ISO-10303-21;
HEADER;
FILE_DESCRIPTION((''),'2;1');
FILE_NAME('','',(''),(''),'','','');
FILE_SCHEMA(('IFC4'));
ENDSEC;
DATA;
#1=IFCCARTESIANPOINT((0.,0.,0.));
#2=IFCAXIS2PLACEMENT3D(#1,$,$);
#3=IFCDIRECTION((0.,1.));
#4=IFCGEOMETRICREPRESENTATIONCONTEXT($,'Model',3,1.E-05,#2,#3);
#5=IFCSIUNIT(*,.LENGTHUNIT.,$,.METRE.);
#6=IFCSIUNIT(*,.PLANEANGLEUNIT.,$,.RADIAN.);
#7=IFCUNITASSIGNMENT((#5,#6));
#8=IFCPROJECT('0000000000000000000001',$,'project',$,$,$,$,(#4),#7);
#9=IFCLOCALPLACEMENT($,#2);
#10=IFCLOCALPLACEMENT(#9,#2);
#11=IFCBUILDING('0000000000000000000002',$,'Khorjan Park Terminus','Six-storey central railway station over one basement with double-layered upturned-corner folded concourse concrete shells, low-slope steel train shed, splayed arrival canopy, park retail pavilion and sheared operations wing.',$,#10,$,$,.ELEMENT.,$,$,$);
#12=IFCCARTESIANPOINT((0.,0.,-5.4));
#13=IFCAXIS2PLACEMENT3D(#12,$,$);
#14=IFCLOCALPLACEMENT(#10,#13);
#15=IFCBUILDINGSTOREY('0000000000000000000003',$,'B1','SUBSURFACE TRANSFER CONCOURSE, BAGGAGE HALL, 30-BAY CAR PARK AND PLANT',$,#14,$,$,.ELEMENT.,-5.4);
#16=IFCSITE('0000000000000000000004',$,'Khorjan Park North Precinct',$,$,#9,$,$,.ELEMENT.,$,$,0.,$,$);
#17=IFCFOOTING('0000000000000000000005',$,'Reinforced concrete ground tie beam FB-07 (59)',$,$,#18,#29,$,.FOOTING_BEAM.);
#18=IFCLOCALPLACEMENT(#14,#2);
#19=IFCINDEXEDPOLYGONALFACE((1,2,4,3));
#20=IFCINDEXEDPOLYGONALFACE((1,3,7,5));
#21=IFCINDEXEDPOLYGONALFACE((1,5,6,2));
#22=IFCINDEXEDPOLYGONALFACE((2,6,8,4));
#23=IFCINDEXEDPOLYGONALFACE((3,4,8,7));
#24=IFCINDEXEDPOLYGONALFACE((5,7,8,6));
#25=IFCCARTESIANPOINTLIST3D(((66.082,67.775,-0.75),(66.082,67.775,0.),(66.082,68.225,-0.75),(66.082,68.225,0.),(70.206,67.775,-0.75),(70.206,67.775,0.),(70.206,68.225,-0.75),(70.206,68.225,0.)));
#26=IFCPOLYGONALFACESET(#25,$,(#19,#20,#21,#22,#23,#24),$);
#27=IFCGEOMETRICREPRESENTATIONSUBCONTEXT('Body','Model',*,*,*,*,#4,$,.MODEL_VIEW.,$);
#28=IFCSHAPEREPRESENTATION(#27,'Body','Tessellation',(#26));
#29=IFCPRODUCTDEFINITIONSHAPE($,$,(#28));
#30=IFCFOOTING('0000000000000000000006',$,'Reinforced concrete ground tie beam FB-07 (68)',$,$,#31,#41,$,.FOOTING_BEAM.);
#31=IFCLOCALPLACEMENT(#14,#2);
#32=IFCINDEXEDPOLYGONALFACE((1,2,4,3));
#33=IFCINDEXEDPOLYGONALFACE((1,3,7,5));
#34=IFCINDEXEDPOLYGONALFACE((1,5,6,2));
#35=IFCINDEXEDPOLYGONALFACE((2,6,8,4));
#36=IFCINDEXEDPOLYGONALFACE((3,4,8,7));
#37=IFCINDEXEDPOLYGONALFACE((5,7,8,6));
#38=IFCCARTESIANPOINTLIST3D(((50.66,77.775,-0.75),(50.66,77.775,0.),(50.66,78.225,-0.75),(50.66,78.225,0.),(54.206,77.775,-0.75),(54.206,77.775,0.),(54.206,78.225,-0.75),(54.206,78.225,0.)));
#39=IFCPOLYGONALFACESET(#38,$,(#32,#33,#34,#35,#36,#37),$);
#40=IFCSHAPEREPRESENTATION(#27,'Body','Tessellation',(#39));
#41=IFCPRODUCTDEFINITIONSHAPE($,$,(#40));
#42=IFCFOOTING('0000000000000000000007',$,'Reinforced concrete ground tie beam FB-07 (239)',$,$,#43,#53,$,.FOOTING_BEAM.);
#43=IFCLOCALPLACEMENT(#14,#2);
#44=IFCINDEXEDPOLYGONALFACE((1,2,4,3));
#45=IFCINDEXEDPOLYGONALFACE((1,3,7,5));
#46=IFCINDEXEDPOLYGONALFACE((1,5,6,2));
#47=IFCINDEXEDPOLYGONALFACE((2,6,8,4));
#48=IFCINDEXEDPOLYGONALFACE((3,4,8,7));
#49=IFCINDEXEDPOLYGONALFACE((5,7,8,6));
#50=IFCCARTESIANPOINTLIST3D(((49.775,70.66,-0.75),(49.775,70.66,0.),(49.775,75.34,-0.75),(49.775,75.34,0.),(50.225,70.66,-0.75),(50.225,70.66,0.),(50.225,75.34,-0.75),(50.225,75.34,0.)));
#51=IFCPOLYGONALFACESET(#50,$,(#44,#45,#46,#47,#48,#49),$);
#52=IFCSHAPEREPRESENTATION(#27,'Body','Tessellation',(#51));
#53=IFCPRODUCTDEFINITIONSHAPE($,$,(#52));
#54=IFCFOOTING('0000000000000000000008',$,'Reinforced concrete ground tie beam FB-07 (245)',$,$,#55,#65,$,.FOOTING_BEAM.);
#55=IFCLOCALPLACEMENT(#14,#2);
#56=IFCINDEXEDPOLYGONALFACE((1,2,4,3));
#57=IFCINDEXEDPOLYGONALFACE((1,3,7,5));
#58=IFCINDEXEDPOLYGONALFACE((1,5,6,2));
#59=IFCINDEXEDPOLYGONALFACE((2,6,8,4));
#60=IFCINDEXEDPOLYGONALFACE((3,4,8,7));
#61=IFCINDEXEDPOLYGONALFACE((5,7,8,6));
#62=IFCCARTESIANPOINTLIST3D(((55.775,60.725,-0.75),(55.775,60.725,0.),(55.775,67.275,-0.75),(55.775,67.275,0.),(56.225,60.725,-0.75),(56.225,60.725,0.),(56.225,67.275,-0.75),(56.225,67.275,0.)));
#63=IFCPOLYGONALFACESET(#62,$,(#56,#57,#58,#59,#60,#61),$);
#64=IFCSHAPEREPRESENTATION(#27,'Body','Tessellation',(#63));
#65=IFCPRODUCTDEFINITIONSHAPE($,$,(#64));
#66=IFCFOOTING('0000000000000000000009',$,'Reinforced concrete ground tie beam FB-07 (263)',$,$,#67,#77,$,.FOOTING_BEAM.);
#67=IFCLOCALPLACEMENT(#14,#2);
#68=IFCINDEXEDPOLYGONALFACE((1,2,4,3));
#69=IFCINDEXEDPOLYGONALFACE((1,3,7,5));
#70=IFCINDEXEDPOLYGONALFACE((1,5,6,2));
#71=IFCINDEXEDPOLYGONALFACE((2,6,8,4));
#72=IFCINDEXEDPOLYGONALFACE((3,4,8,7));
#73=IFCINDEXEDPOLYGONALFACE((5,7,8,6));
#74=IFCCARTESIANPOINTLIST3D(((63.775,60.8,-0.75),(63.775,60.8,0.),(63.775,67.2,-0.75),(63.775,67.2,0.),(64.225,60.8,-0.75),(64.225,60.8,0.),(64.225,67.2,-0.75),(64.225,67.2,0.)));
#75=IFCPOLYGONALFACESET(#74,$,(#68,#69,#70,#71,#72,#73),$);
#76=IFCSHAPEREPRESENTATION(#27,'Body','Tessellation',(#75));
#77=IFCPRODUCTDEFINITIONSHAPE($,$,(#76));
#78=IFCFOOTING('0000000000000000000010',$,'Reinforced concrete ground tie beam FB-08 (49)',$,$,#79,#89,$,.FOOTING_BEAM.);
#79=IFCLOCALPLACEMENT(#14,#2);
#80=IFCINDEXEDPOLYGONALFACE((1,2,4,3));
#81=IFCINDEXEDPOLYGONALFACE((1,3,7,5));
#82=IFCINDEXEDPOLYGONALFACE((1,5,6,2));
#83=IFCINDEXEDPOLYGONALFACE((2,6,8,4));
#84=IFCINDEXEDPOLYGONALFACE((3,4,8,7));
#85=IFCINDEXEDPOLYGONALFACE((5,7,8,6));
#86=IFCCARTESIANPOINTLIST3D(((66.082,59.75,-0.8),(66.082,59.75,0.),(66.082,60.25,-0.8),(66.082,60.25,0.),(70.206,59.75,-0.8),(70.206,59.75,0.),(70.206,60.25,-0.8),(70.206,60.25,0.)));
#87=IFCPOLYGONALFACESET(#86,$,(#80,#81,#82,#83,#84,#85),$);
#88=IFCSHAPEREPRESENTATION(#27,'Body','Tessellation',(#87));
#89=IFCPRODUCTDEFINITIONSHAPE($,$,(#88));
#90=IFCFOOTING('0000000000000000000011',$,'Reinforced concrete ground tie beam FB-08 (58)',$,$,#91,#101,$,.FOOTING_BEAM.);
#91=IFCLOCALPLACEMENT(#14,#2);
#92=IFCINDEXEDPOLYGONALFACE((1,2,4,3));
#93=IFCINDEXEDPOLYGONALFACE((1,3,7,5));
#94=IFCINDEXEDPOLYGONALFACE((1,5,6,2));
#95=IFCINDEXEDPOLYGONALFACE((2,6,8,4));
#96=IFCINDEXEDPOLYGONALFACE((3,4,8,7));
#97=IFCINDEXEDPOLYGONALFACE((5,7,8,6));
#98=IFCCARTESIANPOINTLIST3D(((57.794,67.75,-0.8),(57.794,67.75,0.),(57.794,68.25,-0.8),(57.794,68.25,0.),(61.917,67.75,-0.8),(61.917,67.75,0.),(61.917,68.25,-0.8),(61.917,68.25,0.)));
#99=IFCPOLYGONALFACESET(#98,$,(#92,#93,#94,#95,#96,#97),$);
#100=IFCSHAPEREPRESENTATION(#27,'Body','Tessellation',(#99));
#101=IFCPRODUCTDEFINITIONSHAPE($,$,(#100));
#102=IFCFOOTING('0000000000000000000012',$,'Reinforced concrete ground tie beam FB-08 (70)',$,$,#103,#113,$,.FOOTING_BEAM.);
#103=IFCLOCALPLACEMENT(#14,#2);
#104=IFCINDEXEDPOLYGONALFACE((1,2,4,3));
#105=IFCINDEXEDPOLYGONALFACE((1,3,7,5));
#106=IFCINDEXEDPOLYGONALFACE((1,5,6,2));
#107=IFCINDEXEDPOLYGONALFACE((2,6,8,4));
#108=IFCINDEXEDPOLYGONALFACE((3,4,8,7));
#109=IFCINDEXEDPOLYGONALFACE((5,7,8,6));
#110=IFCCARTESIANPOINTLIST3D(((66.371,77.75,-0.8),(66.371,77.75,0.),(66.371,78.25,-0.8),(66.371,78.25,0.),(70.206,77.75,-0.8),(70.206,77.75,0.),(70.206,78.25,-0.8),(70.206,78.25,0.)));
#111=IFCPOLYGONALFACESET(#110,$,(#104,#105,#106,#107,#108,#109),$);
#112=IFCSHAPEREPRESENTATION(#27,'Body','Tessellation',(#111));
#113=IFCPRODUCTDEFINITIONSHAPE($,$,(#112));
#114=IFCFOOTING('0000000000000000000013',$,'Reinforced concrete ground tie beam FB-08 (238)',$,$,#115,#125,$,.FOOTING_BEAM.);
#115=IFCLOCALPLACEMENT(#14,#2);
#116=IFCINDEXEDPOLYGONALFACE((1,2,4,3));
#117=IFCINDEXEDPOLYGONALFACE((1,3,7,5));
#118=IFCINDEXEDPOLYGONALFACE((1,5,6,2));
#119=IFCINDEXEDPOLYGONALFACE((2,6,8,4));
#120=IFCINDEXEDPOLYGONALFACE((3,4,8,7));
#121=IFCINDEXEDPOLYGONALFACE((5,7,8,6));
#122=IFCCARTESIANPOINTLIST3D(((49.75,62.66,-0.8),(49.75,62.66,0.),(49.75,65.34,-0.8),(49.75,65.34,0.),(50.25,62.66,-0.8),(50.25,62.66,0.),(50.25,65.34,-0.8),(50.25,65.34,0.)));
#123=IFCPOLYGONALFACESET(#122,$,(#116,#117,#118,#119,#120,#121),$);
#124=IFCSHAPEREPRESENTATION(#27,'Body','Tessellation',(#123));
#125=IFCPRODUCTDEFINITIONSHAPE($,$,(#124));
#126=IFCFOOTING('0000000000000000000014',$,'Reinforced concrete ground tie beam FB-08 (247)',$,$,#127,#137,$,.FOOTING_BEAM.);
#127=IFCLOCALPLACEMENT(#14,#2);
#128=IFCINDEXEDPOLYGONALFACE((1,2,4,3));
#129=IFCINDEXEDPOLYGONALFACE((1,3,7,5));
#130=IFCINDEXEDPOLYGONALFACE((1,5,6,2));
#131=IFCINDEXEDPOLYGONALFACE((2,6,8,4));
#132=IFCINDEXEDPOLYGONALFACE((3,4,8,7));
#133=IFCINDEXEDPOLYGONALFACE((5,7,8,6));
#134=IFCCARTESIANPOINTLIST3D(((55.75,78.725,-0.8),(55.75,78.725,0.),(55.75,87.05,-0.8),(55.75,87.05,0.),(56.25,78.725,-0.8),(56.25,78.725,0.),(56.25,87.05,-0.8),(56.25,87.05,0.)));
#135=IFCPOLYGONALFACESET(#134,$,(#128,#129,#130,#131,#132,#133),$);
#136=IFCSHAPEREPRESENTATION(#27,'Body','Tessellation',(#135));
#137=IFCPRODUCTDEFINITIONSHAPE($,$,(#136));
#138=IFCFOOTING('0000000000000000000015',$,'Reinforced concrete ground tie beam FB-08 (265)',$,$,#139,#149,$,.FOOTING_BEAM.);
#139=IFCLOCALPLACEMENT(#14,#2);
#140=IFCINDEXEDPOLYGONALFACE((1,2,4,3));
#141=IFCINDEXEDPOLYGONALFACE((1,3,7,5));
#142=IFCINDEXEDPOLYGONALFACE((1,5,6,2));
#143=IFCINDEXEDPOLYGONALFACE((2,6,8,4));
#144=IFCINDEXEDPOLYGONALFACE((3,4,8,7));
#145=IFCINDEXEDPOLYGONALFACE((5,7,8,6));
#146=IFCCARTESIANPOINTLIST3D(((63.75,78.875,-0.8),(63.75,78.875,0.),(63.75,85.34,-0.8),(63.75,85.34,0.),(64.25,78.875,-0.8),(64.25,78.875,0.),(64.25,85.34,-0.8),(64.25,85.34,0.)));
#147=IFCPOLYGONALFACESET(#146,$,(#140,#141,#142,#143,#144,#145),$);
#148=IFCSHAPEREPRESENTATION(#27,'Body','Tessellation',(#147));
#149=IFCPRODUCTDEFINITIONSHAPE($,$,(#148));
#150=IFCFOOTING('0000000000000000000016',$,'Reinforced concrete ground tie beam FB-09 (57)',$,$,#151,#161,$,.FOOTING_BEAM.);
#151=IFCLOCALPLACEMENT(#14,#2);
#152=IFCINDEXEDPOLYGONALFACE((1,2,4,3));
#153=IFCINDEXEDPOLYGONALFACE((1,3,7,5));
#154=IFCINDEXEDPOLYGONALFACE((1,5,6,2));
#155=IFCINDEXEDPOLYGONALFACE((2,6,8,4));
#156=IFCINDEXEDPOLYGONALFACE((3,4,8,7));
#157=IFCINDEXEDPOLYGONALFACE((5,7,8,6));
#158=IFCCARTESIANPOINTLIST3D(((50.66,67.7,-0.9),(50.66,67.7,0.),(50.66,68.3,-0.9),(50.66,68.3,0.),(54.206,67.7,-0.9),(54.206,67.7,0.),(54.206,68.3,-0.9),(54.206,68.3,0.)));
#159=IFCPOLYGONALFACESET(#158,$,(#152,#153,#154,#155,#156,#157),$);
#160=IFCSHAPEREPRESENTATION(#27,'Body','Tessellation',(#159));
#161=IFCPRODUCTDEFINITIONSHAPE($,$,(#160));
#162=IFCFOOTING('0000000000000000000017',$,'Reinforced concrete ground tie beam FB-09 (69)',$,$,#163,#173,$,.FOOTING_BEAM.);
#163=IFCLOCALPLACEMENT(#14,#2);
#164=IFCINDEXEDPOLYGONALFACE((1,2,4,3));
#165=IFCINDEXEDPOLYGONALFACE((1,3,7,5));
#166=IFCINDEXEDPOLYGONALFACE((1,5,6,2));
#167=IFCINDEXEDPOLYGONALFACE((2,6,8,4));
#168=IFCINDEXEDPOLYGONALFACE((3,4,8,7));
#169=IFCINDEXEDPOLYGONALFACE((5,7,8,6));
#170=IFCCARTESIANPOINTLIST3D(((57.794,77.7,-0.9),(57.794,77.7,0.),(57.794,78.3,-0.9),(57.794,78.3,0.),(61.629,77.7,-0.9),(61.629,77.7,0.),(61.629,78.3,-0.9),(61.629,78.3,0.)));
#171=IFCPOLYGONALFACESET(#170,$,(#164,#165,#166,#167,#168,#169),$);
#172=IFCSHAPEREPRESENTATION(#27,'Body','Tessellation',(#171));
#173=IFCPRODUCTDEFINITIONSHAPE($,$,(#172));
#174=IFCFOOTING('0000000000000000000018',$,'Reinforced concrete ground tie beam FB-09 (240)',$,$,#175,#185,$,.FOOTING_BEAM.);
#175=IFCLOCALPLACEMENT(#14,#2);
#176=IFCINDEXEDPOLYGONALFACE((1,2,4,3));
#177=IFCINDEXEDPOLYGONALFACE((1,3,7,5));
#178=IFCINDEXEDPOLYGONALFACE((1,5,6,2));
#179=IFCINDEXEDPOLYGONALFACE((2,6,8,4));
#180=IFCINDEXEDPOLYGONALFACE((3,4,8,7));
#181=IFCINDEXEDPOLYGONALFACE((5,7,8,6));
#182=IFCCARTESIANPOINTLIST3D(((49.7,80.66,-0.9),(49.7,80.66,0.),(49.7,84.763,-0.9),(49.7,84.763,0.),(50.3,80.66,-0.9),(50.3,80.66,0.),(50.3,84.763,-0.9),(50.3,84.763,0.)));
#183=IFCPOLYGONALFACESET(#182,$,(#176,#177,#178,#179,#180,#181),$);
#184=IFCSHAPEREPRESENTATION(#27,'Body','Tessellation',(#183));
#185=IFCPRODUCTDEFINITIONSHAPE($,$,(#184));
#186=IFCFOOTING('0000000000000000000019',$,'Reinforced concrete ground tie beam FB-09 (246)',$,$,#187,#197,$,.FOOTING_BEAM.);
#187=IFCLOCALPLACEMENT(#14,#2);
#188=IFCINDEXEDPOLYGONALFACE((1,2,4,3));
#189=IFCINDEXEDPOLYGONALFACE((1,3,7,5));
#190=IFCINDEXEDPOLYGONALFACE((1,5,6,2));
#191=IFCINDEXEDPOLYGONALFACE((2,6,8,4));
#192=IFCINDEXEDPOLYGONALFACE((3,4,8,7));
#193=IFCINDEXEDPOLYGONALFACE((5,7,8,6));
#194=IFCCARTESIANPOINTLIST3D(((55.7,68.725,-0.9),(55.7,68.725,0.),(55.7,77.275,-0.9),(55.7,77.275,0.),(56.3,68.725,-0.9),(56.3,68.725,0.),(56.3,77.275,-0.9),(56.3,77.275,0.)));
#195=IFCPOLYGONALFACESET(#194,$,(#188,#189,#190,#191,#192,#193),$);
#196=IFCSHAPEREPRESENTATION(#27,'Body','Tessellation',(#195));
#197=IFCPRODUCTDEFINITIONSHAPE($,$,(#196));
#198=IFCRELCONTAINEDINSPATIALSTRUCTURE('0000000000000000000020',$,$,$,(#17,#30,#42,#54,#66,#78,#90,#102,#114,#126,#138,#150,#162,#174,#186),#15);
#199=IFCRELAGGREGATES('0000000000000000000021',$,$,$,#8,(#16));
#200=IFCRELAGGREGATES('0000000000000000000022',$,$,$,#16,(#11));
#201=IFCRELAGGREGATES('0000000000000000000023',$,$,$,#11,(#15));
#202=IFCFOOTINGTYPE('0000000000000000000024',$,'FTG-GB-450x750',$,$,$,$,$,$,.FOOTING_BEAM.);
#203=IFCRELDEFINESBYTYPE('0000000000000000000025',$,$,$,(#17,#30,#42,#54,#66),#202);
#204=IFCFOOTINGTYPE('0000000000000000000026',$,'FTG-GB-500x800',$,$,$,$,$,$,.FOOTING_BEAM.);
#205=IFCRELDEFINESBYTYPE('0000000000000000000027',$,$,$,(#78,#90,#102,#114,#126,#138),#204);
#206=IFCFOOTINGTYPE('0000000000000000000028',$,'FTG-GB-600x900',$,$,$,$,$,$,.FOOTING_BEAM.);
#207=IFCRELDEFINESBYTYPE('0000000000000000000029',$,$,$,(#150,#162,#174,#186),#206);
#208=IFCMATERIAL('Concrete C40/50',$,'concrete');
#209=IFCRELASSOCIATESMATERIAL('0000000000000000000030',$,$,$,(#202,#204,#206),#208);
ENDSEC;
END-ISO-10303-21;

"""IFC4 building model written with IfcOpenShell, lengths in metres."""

from ifc_helpers import new_model, si_unit, direction, frame, origin, origin_2d, place, context, subcontext, project, spatial, rectangle, extrude, material, material_profile, profile_set, type_object, element, save


model = new_model("IFC4")

# Units and contexts
model_context = context("Model", 3, precision=1e-05, world=origin(), true_north=direction((0.0, 1.0)))
body_context = subcontext(model_context, "Body", "Model", "MODEL_VIEW")
ifc_project = project(units=[si_unit("LENGTHUNIT", "METRE"), si_unit("PLANEANGLEUNIT", "RADIAN")], contexts=[model_context])

# Site, building, storey
site_placement = place(None, origin())
site = spatial("IfcSite", under=ifc_project, at=site_placement, Name="Khorjan Park North Precinct", CompositionType="ELEMENT", RefElevation=0.0)
building_placement = place(site_placement, origin())
building = spatial("IfcBuilding", under=site, at=building_placement, Name="Khorjan Park Terminus", Description="Six-storey central railway station over one basement with double-layered upturned-corner folded concourse concrete shells, low-slope steel train shed, splayed arrival canopy, park retail pavilion and sheared operations wing.", CompositionType="ELEMENT")
storey_placement = place(building_placement, frame((0.0, 0.0, -5.4)))
storey = spatial("IfcBuildingStorey", under=building, at=storey_placement, Name="B1", Description="SUBSURFACE TRANSFER CONCOURSE, BAGGAGE HALL, 30-BAY CAR PARK AND PLANT", CompositionType="ELEMENT", Elevation=-5.4)

# Footings
ifc_material_1 = material(Name="Concrete C40/50", Category="concrete")
ifc_material_profile_1 = material_profile(ifc_material_1, rectangle(XDim=0.45, YDim=0.75, at=origin_2d()), Name="RC 450x750")
ifc_profile_set_1 = profile_set([ifc_material_profile_1], Name="Concrete C40/50")
footing_type_1 = type_object("IfcFootingType", Name="FTG-GB-450x750", PredefinedType="FOOTING_BEAM", material=ifc_profile_set_1)
footing_1_placement = place(storey_placement, frame((66.082, 68.0, -0.375), z_axis=(1.0, 0.0, 0.0), x_axis=(0.0, 1.0, 0.0)))
element("IfcFooting", 1, at=footing_1_placement, inside=storey, type_object=footing_type_1, Name="Reinforced concrete ground tie beam FB-07 (59)", PredefinedType="FOOTING_BEAM", context=body_context, shape_type="SweptSolid", body=[
    extrude(rectangle(XDim=0.45, YDim=0.75, at=origin_2d()), origin(), (0.0, 0.0, 1.0), 4.124),
])
footing_2_placement = place(storey_placement, frame((50.66, 78.0, -0.375), z_axis=(1.0, 0.0, 0.0), x_axis=(0.0, 1.0, 0.0)))
element("IfcFooting", 2, at=footing_2_placement, inside=storey, type_object=footing_type_1, Name="Reinforced concrete ground tie beam FB-07 (68)", PredefinedType="FOOTING_BEAM", context=body_context, shape_type="SweptSolid", body=[
    extrude(rectangle(XDim=0.45, YDim=0.75, at=origin_2d()), origin(), (0.0, 0.0, 1.0), 3.546),
])
footing_3_placement = place(storey_placement, frame((50.0, 70.66, -0.375), z_axis=(0.0, 1.0, 0.0), x_axis=(-1.0, 0.0, 0.0)))
element("IfcFooting", 3, at=footing_3_placement, inside=storey, type_object=footing_type_1, Name="Reinforced concrete ground tie beam FB-07 (239)", PredefinedType="FOOTING_BEAM", context=body_context, shape_type="SweptSolid", body=[
    extrude(rectangle(XDim=0.45, YDim=0.75, at=origin_2d()), origin(), (0.0, 0.0, 1.0), 4.68),
])
footing_4_placement = place(storey_placement, frame((56.0, 60.725, -0.375), z_axis=(0.0, 1.0, 0.0), x_axis=(-1.0, 0.0, 0.0)))
element("IfcFooting", 4, at=footing_4_placement, inside=storey, type_object=footing_type_1, Name="Reinforced concrete ground tie beam FB-07 (245)", PredefinedType="FOOTING_BEAM", context=body_context, shape_type="SweptSolid", body=[
    extrude(rectangle(XDim=0.45, YDim=0.75, at=origin_2d()), origin(), (0.0, 0.0, 1.0), 6.55),
])
footing_5_placement = place(storey_placement, frame((64.0, 60.8, -0.375), z_axis=(0.0, 1.0, 0.0), x_axis=(-1.0, 0.0, 0.0)))
element("IfcFooting", 5, at=footing_5_placement, inside=storey, type_object=footing_type_1, Name="Reinforced concrete ground tie beam FB-07 (263)", PredefinedType="FOOTING_BEAM", context=body_context, shape_type="SweptSolid", body=[
    extrude(rectangle(XDim=0.45, YDim=0.75, at=origin_2d()), origin(), (0.0, 0.0, 1.0), 6.4),
])
ifc_material_profile_2 = material_profile(ifc_material_1, rectangle(XDim=0.5, YDim=0.8, at=origin_2d()), Name="RC 500x800")
ifc_profile_set_2 = profile_set([ifc_material_profile_2], Name="Concrete C40/50")
footing_type_2 = type_object("IfcFootingType", Name="FTG-GB-500x800", PredefinedType="FOOTING_BEAM", material=ifc_profile_set_2)
footing_6_placement = place(storey_placement, frame((66.082, 60.0, -0.4), z_axis=(1.0, 0.0, 0.0), x_axis=(0.0, 1.0, 0.0)))
element("IfcFooting", 6, at=footing_6_placement, inside=storey, type_object=footing_type_2, Name="Reinforced concrete ground tie beam FB-08 (49)", PredefinedType="FOOTING_BEAM", context=body_context, shape_type="SweptSolid", body=[
    extrude(rectangle(XDim=0.5, YDim=0.8, at=origin_2d()), origin(), (0.0, 0.0, 1.0), 4.124),
])
footing_7_placement = place(storey_placement, frame((57.794, 68.0, -0.4), z_axis=(1.0, 0.0, 0.0), x_axis=(0.0, 1.0, 0.0)))
element("IfcFooting", 7, at=footing_7_placement, inside=storey, type_object=footing_type_2, Name="Reinforced concrete ground tie beam FB-08 (58)", PredefinedType="FOOTING_BEAM", context=body_context, shape_type="SweptSolid", body=[
    extrude(rectangle(XDim=0.5, YDim=0.8, at=origin_2d()), origin(), (0.0, 0.0, 1.0), 4.123),
])
footing_8_placement = place(storey_placement, frame((66.371, 78.0, -0.4), z_axis=(1.0, 0.0, 0.0), x_axis=(0.0, 1.0, 0.0)))
element("IfcFooting", 8, at=footing_8_placement, inside=storey, type_object=footing_type_2, Name="Reinforced concrete ground tie beam FB-08 (70)", PredefinedType="FOOTING_BEAM", context=body_context, shape_type="SweptSolid", body=[
    extrude(rectangle(XDim=0.5, YDim=0.8, at=origin_2d()), origin(), (0.0, 0.0, 1.0), 3.835),
])
footing_9_placement = place(storey_placement, frame((50.0, 62.66, -0.4), z_axis=(0.0, 1.0, 0.0), x_axis=(-1.0, 0.0, 0.0)))
element("IfcFooting", 9, at=footing_9_placement, inside=storey, type_object=footing_type_2, Name="Reinforced concrete ground tie beam FB-08 (238)", PredefinedType="FOOTING_BEAM", context=body_context, shape_type="SweptSolid", body=[
    extrude(rectangle(XDim=0.5, YDim=0.8, at=origin_2d()), origin(), (0.0, 0.0, 1.0), 2.68),
])
footing_10_placement = place(storey_placement, frame((56.0, 78.725, -0.4), z_axis=(0.0, 1.0, 0.0), x_axis=(-1.0, 0.0, 0.0)))
element("IfcFooting", 10, at=footing_10_placement, inside=storey, type_object=footing_type_2, Name="Reinforced concrete ground tie beam FB-08 (247)", PredefinedType="FOOTING_BEAM", context=body_context, shape_type="SweptSolid", body=[
    extrude(rectangle(XDim=0.5, YDim=0.8, at=origin_2d()), origin(), (0.0, 0.0, 1.0), 8.325),
])
footing_11_placement = place(storey_placement, frame((64.0, 78.875, -0.4), z_axis=(0.0, 1.0, 0.0), x_axis=(-1.0, 0.0, 0.0)))
element("IfcFooting", 11, at=footing_11_placement, inside=storey, type_object=footing_type_2, Name="Reinforced concrete ground tie beam FB-08 (265)", PredefinedType="FOOTING_BEAM", context=body_context, shape_type="SweptSolid", body=[
    extrude(rectangle(XDim=0.5, YDim=0.8, at=origin_2d()), origin(), (0.0, 0.0, 1.0), 6.465),
])
ifc_material_profile_3 = material_profile(ifc_material_1, rectangle(XDim=0.6, YDim=0.9, at=origin_2d()), Name="RC 600x900")
ifc_profile_set_3 = profile_set([ifc_material_profile_3], Name="Concrete C40/50")
footing_type_3 = type_object("IfcFootingType", Name="FTG-GB-600x900", PredefinedType="FOOTING_BEAM", material=ifc_profile_set_3)
footing_12_placement = place(storey_placement, frame((50.66, 68.0, -0.45), z_axis=(1.0, 0.0, 0.0), x_axis=(0.0, 1.0, 0.0)))
element("IfcFooting", 12, at=footing_12_placement, inside=storey, type_object=footing_type_3, Name="Reinforced concrete ground tie beam FB-09 (57)", PredefinedType="FOOTING_BEAM", context=body_context, shape_type="SweptSolid", body=[
    extrude(rectangle(XDim=0.6, YDim=0.9, at=origin_2d()), origin(), (0.0, 0.0, 1.0), 3.546),
])
footing_13_placement = place(storey_placement, frame((57.794, 78.0, -0.45), z_axis=(1.0, 0.0, 0.0), x_axis=(0.0, 1.0, 0.0)))
element("IfcFooting", 13, at=footing_13_placement, inside=storey, type_object=footing_type_3, Name="Reinforced concrete ground tie beam FB-09 (69)", PredefinedType="FOOTING_BEAM", context=body_context, shape_type="SweptSolid", body=[
    extrude(rectangle(XDim=0.6, YDim=0.9, at=origin_2d()), origin(), (0.0, 0.0, 1.0), 3.835),
])
footing_14_placement = place(storey_placement, frame((50.0, 80.66, -0.45), z_axis=(0.0, 1.0, 0.0), x_axis=(-1.0, 0.0, 0.0)))
element("IfcFooting", 14, at=footing_14_placement, inside=storey, type_object=footing_type_3, Name="Reinforced concrete ground tie beam FB-09 (240)", PredefinedType="FOOTING_BEAM", context=body_context, shape_type="SweptSolid", body=[
    extrude(rectangle(XDim=0.6, YDim=0.9, at=origin_2d()), origin(), (0.0, 0.0, 1.0), 4.103),
])
footing_15_placement = place(storey_placement, frame((56.0, 68.725, -0.45), z_axis=(0.0, 1.0, 0.0), x_axis=(-1.0, 0.0, 0.0)))
element("IfcFooting", 15, at=footing_15_placement, inside=storey, type_object=footing_type_3, Name="Reinforced concrete ground tie beam FB-09 (246)", PredefinedType="FOOTING_BEAM", context=body_context, shape_type="SweptSolid", body=[
    extrude(rectangle(XDim=0.6, YDim=0.9, at=origin_2d()), origin(), (0.0, 0.0, 1.0), 8.55),
])

save(model, "model.ifc")
